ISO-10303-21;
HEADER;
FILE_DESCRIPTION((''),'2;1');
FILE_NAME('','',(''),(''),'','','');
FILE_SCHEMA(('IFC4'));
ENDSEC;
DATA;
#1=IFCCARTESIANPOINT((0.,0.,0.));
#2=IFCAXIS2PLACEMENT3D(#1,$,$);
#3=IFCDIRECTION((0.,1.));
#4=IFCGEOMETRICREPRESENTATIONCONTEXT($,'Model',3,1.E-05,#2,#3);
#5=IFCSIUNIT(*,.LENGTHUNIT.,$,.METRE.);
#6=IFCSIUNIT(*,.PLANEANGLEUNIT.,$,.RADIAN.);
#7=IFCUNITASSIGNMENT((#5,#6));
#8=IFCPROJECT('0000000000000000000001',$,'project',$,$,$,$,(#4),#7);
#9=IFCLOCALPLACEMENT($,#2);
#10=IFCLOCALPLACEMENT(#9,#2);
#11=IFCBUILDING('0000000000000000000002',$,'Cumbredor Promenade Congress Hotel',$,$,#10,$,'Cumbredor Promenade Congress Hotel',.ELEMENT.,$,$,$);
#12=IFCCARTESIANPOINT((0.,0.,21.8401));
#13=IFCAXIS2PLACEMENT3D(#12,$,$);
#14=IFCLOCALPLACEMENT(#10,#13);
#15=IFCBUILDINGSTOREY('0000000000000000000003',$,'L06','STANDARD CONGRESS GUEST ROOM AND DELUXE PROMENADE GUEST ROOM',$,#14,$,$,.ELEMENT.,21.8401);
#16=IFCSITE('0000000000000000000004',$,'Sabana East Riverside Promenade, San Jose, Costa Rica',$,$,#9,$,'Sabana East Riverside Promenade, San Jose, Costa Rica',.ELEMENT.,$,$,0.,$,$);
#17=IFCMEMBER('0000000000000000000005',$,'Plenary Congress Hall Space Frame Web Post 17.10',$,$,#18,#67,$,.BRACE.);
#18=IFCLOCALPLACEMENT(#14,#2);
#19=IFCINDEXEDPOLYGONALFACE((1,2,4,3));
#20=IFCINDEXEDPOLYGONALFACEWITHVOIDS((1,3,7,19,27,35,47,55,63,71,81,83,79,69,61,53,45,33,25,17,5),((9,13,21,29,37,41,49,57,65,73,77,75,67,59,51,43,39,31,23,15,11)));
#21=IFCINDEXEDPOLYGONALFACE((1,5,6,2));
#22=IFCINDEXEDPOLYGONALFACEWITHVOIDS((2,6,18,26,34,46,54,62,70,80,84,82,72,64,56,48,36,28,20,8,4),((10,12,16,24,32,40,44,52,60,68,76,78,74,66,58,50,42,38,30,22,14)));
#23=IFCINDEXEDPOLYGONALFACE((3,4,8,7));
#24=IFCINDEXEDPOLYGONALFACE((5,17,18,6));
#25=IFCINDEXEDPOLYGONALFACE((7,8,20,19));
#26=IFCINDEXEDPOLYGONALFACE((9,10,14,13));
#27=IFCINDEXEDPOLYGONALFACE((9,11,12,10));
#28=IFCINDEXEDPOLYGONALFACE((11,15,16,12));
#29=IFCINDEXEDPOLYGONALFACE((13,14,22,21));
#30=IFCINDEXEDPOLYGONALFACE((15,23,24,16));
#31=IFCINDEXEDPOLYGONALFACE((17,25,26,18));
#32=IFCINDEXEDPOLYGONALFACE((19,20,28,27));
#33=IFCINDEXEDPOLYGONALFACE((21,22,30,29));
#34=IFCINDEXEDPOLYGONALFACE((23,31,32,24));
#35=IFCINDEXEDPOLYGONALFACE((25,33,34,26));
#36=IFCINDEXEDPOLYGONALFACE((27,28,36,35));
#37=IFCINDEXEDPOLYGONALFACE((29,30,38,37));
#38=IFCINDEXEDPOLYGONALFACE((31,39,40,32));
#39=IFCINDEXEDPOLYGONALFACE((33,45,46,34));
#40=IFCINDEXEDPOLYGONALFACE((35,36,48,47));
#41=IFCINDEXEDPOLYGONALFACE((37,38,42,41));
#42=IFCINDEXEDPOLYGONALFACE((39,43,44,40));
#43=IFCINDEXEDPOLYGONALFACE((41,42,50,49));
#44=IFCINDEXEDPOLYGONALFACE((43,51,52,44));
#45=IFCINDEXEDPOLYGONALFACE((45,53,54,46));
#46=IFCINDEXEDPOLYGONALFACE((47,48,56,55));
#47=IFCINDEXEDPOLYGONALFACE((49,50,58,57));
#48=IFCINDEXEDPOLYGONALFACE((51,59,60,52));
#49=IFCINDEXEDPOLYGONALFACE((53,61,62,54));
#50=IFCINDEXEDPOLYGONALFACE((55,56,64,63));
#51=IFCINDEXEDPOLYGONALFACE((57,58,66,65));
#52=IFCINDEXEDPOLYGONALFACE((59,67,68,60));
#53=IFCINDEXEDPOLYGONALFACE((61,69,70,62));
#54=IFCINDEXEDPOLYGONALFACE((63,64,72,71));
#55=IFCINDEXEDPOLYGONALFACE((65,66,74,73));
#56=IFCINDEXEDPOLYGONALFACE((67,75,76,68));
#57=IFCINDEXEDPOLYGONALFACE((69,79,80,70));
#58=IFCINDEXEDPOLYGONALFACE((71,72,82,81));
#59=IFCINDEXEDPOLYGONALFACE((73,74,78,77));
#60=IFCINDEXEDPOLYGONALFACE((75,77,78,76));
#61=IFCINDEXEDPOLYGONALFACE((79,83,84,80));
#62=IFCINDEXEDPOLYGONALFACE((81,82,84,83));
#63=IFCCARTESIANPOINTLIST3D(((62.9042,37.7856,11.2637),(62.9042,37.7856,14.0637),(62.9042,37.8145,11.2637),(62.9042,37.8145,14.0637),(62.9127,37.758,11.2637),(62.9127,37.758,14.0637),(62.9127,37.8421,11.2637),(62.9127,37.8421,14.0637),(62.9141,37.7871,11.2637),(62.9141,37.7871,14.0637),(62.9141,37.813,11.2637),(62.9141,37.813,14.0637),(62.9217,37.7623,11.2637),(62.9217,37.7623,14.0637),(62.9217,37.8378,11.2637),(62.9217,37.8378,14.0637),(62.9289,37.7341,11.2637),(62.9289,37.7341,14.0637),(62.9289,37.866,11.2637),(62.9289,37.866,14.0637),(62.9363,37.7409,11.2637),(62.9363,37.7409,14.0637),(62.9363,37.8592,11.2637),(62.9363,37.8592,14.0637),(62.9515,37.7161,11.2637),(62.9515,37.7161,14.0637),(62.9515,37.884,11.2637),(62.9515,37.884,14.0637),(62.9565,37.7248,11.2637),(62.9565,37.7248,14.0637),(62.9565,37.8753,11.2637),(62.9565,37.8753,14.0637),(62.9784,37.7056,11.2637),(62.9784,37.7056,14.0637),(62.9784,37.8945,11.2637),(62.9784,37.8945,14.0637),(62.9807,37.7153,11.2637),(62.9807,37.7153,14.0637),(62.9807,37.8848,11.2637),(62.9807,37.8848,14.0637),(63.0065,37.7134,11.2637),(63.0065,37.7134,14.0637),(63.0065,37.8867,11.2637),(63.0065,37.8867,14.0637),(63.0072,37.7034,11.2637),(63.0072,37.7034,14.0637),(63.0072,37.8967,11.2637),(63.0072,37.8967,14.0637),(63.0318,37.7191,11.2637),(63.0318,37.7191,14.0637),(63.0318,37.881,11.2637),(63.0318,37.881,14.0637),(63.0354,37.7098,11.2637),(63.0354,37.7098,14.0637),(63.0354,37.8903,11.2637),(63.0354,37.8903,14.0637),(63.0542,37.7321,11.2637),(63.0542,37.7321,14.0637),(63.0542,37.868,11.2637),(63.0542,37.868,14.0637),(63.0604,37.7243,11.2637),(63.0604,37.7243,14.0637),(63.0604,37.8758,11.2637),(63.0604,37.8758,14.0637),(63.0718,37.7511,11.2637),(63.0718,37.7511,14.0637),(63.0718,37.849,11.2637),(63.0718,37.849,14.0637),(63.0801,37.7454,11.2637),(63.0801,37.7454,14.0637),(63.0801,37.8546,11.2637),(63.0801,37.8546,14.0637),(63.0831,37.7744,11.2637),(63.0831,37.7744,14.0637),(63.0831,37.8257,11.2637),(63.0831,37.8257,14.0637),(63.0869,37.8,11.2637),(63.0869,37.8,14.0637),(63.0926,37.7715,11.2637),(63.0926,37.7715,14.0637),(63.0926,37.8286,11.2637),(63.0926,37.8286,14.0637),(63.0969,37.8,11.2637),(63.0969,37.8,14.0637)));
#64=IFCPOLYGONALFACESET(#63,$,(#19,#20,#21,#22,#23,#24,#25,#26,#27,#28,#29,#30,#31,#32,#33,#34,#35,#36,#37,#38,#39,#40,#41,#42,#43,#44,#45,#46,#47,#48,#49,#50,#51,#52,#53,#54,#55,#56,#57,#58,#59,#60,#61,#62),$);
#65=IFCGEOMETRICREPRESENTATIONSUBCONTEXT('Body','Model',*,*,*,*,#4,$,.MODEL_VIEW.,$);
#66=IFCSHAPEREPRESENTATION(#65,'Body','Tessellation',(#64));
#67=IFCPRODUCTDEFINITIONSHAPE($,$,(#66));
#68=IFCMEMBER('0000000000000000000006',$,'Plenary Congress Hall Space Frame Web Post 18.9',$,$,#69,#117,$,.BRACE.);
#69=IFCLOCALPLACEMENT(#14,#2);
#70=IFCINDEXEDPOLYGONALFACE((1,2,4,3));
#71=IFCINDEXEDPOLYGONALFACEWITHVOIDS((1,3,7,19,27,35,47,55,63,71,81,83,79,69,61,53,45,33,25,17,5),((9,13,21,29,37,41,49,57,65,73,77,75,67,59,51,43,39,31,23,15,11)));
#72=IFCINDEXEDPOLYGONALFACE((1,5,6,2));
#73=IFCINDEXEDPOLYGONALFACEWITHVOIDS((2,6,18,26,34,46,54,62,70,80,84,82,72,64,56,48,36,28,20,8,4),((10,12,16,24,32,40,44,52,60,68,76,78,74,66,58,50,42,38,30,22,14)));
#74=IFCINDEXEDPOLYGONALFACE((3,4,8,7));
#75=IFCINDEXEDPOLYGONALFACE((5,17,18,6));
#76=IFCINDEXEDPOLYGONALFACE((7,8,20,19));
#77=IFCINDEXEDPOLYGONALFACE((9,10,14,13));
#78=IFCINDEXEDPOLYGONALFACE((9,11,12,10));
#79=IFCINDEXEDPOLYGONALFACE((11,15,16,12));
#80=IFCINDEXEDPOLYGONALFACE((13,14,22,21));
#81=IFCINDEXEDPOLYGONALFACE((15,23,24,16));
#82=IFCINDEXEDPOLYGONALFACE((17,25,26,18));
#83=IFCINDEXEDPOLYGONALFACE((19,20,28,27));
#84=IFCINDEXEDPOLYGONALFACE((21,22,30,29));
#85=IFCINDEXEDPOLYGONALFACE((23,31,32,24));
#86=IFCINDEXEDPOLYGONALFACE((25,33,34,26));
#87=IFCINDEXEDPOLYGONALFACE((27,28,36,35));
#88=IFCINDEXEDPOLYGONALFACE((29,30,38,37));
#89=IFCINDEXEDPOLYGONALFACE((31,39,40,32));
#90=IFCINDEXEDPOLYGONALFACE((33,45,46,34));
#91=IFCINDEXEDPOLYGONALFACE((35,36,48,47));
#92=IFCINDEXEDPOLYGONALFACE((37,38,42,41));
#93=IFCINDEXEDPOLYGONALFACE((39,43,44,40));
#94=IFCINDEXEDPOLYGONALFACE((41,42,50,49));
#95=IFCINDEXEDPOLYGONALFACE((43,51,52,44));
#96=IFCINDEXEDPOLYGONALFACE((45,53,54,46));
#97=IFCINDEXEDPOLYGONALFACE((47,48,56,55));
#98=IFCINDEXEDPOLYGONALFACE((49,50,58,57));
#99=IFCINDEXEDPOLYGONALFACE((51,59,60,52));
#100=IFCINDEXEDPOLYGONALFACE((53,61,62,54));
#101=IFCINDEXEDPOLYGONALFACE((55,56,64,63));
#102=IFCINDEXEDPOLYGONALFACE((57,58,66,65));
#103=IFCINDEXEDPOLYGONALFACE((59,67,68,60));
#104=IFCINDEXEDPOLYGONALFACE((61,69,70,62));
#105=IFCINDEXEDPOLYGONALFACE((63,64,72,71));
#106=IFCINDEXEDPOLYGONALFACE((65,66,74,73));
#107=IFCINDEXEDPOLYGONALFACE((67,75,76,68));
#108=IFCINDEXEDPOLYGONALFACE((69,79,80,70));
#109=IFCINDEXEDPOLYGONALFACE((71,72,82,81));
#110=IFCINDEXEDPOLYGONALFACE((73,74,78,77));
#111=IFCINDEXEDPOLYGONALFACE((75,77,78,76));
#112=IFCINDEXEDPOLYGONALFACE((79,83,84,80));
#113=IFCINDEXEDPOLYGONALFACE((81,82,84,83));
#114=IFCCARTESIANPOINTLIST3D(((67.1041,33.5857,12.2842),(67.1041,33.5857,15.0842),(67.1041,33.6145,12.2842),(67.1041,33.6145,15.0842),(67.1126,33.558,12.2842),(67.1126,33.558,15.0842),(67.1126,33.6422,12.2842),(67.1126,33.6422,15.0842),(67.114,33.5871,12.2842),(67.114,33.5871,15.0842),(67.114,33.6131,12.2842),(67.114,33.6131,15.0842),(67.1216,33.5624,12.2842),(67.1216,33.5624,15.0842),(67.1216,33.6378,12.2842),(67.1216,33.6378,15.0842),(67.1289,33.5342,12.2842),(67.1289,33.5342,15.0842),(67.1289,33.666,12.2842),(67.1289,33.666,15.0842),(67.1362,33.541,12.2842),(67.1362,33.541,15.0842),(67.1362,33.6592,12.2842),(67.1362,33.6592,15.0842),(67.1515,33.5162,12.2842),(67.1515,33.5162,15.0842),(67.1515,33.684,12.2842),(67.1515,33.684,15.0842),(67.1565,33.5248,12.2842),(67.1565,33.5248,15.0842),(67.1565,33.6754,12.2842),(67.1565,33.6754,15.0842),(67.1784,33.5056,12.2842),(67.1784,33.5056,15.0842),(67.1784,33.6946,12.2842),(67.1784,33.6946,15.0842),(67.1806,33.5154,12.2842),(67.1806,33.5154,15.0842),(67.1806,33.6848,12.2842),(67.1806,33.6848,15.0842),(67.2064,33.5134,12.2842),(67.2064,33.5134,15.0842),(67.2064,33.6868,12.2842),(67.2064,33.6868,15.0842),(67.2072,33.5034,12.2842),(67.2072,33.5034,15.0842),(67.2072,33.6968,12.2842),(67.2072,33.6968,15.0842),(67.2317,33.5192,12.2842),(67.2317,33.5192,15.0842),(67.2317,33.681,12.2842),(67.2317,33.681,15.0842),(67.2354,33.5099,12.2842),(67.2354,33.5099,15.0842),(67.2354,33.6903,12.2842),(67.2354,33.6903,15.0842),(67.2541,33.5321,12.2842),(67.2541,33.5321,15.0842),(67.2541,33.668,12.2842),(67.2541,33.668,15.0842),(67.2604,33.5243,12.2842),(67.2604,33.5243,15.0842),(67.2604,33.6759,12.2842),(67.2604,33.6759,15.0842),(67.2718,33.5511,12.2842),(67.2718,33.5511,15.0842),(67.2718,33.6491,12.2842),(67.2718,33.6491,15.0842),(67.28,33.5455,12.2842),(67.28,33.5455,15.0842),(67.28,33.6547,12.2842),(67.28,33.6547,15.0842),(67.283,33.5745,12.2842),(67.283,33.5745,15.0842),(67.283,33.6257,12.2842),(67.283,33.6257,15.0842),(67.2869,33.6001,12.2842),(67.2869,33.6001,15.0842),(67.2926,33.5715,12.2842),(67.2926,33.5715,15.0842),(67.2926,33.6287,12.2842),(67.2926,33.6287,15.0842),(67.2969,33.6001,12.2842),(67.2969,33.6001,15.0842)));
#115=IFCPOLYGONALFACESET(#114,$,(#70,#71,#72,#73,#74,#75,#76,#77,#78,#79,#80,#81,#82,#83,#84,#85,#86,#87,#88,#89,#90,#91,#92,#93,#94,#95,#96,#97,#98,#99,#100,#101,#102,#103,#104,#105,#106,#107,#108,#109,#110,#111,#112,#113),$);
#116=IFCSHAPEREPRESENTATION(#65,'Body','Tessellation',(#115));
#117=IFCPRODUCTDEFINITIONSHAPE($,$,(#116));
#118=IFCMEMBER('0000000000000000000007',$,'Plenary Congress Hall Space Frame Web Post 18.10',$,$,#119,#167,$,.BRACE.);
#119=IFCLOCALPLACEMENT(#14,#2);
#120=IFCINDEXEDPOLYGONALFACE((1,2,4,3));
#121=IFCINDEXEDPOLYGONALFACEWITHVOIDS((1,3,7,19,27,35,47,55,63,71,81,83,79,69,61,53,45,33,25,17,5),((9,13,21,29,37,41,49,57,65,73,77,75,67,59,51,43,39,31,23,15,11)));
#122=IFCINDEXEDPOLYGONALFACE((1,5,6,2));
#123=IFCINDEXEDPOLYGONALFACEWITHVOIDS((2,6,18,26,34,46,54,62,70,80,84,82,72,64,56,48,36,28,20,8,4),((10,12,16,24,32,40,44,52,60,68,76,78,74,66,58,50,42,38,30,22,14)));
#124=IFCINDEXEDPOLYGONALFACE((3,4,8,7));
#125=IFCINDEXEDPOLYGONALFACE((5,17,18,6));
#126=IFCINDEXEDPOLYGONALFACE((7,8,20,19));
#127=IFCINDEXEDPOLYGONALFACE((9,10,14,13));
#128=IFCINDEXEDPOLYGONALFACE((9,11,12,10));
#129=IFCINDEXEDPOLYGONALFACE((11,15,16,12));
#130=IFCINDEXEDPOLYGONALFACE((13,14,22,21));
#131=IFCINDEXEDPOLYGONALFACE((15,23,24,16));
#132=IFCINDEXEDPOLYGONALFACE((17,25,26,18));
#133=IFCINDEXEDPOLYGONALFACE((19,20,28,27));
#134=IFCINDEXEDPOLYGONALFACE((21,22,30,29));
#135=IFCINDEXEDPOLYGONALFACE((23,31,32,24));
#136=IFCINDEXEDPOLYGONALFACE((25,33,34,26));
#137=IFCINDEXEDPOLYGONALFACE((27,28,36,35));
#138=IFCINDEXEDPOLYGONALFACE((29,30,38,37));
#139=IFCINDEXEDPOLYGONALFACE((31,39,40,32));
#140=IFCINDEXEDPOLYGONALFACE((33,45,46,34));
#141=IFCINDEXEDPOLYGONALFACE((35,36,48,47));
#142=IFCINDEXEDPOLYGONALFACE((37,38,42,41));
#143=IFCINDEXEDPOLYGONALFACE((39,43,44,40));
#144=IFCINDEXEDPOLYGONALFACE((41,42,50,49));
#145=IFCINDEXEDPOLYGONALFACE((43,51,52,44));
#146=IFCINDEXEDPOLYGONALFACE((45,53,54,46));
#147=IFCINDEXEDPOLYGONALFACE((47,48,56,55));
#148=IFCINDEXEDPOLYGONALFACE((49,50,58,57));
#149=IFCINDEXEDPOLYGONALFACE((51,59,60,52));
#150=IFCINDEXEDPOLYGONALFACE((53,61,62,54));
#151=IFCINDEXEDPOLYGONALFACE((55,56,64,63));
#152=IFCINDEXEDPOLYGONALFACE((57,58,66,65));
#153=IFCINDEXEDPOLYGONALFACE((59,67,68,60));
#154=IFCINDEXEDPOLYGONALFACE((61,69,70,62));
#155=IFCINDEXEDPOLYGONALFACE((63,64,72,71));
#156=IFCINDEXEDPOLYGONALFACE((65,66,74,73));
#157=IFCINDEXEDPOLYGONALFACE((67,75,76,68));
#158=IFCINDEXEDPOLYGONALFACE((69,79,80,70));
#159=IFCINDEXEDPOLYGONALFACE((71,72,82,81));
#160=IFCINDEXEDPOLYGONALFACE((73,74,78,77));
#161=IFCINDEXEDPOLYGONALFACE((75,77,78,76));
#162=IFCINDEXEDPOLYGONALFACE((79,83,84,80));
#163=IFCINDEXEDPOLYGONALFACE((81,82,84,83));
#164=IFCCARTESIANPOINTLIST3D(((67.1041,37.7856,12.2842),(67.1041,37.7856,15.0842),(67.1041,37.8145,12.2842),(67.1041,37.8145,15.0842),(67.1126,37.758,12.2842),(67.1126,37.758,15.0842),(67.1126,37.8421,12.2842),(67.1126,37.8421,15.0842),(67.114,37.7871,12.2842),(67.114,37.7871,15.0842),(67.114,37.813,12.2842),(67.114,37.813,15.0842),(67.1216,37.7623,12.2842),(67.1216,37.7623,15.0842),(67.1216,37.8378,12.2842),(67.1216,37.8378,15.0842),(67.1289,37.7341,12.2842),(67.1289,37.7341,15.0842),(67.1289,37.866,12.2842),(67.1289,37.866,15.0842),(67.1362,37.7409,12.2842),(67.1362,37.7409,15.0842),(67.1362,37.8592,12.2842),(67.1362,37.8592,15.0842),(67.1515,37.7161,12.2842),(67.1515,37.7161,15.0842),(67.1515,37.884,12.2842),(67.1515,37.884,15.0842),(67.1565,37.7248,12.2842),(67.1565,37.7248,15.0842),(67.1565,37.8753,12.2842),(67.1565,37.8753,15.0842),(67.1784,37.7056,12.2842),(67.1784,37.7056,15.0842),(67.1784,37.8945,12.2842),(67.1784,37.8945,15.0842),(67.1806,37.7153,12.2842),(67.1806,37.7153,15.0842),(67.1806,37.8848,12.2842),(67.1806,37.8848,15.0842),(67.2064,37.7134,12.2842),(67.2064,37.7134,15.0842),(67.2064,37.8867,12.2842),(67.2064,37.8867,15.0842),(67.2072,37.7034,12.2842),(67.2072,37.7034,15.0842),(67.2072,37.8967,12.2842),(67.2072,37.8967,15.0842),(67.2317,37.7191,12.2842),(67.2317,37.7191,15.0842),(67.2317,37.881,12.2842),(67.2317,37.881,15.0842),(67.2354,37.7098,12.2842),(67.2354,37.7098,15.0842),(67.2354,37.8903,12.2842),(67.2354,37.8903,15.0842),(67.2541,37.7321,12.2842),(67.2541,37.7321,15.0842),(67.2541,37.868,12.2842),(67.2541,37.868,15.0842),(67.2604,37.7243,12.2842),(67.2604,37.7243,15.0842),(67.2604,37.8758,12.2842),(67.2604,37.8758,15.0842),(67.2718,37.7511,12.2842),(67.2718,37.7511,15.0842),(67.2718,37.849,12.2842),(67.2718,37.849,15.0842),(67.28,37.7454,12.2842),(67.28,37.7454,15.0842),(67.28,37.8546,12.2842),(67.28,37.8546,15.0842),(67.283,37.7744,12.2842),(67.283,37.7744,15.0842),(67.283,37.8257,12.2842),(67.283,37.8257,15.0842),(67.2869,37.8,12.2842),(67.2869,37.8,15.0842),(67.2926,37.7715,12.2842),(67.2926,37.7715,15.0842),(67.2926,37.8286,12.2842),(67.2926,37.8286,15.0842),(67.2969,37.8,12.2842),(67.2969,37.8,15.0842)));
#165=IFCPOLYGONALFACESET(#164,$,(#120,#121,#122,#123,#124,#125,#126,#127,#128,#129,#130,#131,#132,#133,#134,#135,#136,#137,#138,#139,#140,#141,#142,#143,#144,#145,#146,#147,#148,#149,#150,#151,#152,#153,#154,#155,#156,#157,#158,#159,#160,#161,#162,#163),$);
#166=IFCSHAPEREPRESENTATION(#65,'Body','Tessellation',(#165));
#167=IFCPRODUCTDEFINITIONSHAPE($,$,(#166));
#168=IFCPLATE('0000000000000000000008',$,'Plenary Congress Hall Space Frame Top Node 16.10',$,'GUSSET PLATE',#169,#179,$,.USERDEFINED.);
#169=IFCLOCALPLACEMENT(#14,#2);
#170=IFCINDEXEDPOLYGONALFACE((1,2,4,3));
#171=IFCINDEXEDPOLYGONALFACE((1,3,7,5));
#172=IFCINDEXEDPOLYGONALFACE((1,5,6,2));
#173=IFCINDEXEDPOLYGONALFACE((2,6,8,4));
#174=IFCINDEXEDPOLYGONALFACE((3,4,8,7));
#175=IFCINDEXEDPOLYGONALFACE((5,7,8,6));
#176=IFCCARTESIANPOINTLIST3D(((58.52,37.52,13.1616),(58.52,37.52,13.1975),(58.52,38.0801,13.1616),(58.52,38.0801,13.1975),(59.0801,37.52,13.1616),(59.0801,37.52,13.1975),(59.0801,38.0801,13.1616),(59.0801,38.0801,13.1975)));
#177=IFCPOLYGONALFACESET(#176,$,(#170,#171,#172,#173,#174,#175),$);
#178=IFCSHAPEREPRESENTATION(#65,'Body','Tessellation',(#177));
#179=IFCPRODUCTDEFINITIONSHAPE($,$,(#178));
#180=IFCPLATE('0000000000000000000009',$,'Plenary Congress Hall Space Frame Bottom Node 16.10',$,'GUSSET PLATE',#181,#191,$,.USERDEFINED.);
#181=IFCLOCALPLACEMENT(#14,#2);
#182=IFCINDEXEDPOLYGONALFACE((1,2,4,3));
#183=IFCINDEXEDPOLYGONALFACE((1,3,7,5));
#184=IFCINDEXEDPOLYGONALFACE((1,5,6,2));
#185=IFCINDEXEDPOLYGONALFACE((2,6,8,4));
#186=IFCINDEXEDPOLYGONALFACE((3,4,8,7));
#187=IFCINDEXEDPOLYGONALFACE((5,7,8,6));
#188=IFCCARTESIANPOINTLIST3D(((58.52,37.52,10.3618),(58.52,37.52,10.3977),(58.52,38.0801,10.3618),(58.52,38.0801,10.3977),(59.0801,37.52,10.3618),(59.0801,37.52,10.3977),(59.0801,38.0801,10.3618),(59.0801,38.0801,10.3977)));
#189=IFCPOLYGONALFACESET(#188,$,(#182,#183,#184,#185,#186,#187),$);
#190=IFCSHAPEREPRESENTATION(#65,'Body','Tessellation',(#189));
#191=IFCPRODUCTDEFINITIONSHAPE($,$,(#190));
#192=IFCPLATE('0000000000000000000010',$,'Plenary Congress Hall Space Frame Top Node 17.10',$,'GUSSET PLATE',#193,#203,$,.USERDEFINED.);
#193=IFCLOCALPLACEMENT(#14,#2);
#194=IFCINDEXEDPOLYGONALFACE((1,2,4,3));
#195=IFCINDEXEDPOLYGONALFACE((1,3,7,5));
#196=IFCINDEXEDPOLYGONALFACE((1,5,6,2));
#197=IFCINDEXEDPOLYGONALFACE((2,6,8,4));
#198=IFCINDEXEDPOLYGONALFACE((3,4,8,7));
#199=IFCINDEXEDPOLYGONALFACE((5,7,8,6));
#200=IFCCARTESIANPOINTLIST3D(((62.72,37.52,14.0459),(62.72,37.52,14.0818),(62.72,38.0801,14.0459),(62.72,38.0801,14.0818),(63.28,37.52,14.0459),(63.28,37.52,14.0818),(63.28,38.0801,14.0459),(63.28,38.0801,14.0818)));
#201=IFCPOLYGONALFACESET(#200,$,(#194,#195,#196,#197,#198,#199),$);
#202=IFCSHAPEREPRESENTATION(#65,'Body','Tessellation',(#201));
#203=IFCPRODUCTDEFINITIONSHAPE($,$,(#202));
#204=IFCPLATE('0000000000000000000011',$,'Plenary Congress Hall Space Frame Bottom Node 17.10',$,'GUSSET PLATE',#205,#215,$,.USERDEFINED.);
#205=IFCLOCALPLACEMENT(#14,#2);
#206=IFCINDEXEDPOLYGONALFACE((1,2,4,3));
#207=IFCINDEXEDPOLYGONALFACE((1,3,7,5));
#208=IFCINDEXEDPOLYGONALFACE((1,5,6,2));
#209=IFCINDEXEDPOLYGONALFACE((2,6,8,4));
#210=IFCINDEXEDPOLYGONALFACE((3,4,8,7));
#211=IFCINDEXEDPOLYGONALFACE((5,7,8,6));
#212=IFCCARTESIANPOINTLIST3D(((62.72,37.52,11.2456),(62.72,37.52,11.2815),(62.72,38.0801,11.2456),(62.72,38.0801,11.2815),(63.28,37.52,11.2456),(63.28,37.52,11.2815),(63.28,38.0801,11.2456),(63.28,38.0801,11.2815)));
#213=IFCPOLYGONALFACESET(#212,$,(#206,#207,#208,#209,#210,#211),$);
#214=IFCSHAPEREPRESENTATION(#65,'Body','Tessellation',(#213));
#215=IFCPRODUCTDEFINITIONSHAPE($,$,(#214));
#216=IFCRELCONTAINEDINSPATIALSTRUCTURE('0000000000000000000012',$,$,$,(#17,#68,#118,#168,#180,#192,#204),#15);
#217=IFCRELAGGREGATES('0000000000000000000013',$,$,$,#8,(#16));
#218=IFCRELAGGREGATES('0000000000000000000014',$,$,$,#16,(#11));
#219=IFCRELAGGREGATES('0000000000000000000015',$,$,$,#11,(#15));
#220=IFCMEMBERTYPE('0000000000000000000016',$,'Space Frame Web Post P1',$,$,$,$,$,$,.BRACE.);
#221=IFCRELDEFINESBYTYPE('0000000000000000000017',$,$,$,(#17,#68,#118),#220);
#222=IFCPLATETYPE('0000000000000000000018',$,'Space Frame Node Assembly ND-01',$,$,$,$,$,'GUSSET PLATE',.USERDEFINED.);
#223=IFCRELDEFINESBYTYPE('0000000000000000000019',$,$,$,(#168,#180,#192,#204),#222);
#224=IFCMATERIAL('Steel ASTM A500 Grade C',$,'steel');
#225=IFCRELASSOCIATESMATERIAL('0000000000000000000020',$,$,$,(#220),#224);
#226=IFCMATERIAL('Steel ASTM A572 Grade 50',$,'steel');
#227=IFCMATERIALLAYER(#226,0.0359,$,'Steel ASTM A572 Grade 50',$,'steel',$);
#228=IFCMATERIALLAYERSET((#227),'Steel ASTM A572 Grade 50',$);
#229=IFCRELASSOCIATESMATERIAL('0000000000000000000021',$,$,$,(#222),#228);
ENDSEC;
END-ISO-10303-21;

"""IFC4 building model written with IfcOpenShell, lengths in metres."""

from ifc_helpers import new_model, si_unit, direction, frame, origin, origin_2d, place, context, subcontext, project, spatial, rectangle, hollow_circle, extrude, material, layer, layer_set, material_profile, profile_set, type_object, element, save


model = new_model("IFC4")

# Units and contexts
model_context = context("Model", 3, precision=1e-05, world=origin(), true_north=direction((0.0, 1.0)))
body_context = subcontext(model_context, "Body", "Model", "MODEL_VIEW")
ifc_project = project(units=[si_unit("LENGTHUNIT", "METRE"), si_unit("PLANEANGLEUNIT", "RADIAN")], contexts=[model_context])

# Site, building, storey
site_placement = place(None, origin())
site = spatial("IfcSite", under=ifc_project, at=site_placement, Name="Sabana East Riverside Promenade, San Jose, Costa Rica", LongName="Sabana East Riverside Promenade, San Jose, Costa Rica", CompositionType="ELEMENT", RefElevation=0.0)
building_placement = place(site_placement, origin())
building = spatial("IfcBuilding", under=site, at=building_placement, Name="Cumbredor Promenade Congress Hotel", LongName="Cumbredor Promenade Congress Hotel", CompositionType="ELEMENT")
storey_placement = place(building_placement, frame((0.0, 0.0, 21.8401)))
storey = spatial("IfcBuildingStorey", under=building, at=storey_placement, Name="L06", Description="STANDARD CONGRESS GUEST ROOM AND DELUXE PROMENADE GUEST ROOM", CompositionType="ELEMENT", Elevation=21.8401)

# Members
ifc_material_1 = material(Name="Steel ASTM A500 Grade C", Category="steel")
ifc_material_profile_1 = material_profile(ifc_material_1, hollow_circle(Radius=0.0969, WallThickness=0.01, at=origin_2d()), Name="CHS 193.7x10")
ifc_profile_set_1 = profile_set([ifc_material_profile_1], Name="Steel ASTM A500 Grade C")
member_type_1 = type_object("IfcMemberType", Name="Space Frame Web Post P1", PredefinedType="BRACE", material=ifc_profile_set_1)
for number, where, z_axis, x_axis, name in (
    (1, (63.0, 37.8, 11.2637), (0.0, 0.0, 1.0), (1.0, 0.0, 0.0), "Plenary Congress Hall Space Frame Web Post 17.10"),
    (2, (67.2, 33.6001, 12.2842), (0.0, 0.0, 1.0), (1.0, 0.0, 0.0), "Plenary Congress Hall Space Frame Web Post 18.9"),
    (3, (67.2, 37.8, 12.2842), (0.0, 0.0, 1.0), (1.0, 0.0, 0.0), "Plenary Congress Hall Space Frame Web Post 18.10"),
):
    element("IfcMember", number, at=place(storey_placement, frame(where, z_axis=z_axis, x_axis=x_axis)), inside=storey, type_object=member_type_1, Name=name, PredefinedType="BRACE", context=body_context, shape_type="SweptSolid", body=[
        extrude(hollow_circle(Radius=0.0969, WallThickness=0.01, at=origin_2d()), origin(), (0.0, 0.0, 1.0), 2.8),
    ])

# Plates
ifc_material_2 = material(Name="Steel ASTM A572 Grade 50", Category="steel")
ifc_layer = layer(ifc_material_2, 0.0359, Name="Steel ASTM A572 Grade 50", Category="steel")
ifc_layer_set = layer_set([ifc_layer], Name="Steel ASTM A572 Grade 50")
plate_type = type_object("IfcPlateType", Name="Space Frame Node Assembly ND-01", ElementType="GUSSET PLATE", PredefinedType="USERDEFINED", material=ifc_layer_set)
for number, where, z_axis, x_axis, name in (
    (4, (58.8, 37.8, 13.1616), (0.0, 0.0, 1.0), (1.0, 0.0, 0.0), "Plenary Congress Hall Space Frame Top Node 16.10"),
    (5, (58.8, 37.8, 10.3618), (0.0, 0.0, 1.0), (1.0, 0.0, 0.0), "Plenary Congress Hall Space Frame Bottom Node 16.10"),
    (6, (63.0, 37.8, 14.0459), (0.0, 0.0, 1.0), (1.0, 0.0, 0.0), "Plenary Congress Hall Space Frame Top Node 17.10"),
    (7, (63.0, 37.8, 11.2456), (0.0, 0.0, 1.0), (1.0, 0.0, 0.0), "Plenary Congress Hall Space Frame Bottom Node 17.10"),
):
    element("IfcPlate", number, at=place(storey_placement, frame(where, z_axis=z_axis, x_axis=x_axis)), inside=storey, type_object=plate_type, Name=name, ObjectType="GUSSET PLATE", PredefinedType="USERDEFINED", context=body_context, shape_type="SweptSolid", body=[
        extrude(rectangle(XDim=0.5601, YDim=0.5601, at=origin_2d()), origin(), (0.0, 0.0, 1.0), 0.0359),
    ])

save(model, "model.ifc")
